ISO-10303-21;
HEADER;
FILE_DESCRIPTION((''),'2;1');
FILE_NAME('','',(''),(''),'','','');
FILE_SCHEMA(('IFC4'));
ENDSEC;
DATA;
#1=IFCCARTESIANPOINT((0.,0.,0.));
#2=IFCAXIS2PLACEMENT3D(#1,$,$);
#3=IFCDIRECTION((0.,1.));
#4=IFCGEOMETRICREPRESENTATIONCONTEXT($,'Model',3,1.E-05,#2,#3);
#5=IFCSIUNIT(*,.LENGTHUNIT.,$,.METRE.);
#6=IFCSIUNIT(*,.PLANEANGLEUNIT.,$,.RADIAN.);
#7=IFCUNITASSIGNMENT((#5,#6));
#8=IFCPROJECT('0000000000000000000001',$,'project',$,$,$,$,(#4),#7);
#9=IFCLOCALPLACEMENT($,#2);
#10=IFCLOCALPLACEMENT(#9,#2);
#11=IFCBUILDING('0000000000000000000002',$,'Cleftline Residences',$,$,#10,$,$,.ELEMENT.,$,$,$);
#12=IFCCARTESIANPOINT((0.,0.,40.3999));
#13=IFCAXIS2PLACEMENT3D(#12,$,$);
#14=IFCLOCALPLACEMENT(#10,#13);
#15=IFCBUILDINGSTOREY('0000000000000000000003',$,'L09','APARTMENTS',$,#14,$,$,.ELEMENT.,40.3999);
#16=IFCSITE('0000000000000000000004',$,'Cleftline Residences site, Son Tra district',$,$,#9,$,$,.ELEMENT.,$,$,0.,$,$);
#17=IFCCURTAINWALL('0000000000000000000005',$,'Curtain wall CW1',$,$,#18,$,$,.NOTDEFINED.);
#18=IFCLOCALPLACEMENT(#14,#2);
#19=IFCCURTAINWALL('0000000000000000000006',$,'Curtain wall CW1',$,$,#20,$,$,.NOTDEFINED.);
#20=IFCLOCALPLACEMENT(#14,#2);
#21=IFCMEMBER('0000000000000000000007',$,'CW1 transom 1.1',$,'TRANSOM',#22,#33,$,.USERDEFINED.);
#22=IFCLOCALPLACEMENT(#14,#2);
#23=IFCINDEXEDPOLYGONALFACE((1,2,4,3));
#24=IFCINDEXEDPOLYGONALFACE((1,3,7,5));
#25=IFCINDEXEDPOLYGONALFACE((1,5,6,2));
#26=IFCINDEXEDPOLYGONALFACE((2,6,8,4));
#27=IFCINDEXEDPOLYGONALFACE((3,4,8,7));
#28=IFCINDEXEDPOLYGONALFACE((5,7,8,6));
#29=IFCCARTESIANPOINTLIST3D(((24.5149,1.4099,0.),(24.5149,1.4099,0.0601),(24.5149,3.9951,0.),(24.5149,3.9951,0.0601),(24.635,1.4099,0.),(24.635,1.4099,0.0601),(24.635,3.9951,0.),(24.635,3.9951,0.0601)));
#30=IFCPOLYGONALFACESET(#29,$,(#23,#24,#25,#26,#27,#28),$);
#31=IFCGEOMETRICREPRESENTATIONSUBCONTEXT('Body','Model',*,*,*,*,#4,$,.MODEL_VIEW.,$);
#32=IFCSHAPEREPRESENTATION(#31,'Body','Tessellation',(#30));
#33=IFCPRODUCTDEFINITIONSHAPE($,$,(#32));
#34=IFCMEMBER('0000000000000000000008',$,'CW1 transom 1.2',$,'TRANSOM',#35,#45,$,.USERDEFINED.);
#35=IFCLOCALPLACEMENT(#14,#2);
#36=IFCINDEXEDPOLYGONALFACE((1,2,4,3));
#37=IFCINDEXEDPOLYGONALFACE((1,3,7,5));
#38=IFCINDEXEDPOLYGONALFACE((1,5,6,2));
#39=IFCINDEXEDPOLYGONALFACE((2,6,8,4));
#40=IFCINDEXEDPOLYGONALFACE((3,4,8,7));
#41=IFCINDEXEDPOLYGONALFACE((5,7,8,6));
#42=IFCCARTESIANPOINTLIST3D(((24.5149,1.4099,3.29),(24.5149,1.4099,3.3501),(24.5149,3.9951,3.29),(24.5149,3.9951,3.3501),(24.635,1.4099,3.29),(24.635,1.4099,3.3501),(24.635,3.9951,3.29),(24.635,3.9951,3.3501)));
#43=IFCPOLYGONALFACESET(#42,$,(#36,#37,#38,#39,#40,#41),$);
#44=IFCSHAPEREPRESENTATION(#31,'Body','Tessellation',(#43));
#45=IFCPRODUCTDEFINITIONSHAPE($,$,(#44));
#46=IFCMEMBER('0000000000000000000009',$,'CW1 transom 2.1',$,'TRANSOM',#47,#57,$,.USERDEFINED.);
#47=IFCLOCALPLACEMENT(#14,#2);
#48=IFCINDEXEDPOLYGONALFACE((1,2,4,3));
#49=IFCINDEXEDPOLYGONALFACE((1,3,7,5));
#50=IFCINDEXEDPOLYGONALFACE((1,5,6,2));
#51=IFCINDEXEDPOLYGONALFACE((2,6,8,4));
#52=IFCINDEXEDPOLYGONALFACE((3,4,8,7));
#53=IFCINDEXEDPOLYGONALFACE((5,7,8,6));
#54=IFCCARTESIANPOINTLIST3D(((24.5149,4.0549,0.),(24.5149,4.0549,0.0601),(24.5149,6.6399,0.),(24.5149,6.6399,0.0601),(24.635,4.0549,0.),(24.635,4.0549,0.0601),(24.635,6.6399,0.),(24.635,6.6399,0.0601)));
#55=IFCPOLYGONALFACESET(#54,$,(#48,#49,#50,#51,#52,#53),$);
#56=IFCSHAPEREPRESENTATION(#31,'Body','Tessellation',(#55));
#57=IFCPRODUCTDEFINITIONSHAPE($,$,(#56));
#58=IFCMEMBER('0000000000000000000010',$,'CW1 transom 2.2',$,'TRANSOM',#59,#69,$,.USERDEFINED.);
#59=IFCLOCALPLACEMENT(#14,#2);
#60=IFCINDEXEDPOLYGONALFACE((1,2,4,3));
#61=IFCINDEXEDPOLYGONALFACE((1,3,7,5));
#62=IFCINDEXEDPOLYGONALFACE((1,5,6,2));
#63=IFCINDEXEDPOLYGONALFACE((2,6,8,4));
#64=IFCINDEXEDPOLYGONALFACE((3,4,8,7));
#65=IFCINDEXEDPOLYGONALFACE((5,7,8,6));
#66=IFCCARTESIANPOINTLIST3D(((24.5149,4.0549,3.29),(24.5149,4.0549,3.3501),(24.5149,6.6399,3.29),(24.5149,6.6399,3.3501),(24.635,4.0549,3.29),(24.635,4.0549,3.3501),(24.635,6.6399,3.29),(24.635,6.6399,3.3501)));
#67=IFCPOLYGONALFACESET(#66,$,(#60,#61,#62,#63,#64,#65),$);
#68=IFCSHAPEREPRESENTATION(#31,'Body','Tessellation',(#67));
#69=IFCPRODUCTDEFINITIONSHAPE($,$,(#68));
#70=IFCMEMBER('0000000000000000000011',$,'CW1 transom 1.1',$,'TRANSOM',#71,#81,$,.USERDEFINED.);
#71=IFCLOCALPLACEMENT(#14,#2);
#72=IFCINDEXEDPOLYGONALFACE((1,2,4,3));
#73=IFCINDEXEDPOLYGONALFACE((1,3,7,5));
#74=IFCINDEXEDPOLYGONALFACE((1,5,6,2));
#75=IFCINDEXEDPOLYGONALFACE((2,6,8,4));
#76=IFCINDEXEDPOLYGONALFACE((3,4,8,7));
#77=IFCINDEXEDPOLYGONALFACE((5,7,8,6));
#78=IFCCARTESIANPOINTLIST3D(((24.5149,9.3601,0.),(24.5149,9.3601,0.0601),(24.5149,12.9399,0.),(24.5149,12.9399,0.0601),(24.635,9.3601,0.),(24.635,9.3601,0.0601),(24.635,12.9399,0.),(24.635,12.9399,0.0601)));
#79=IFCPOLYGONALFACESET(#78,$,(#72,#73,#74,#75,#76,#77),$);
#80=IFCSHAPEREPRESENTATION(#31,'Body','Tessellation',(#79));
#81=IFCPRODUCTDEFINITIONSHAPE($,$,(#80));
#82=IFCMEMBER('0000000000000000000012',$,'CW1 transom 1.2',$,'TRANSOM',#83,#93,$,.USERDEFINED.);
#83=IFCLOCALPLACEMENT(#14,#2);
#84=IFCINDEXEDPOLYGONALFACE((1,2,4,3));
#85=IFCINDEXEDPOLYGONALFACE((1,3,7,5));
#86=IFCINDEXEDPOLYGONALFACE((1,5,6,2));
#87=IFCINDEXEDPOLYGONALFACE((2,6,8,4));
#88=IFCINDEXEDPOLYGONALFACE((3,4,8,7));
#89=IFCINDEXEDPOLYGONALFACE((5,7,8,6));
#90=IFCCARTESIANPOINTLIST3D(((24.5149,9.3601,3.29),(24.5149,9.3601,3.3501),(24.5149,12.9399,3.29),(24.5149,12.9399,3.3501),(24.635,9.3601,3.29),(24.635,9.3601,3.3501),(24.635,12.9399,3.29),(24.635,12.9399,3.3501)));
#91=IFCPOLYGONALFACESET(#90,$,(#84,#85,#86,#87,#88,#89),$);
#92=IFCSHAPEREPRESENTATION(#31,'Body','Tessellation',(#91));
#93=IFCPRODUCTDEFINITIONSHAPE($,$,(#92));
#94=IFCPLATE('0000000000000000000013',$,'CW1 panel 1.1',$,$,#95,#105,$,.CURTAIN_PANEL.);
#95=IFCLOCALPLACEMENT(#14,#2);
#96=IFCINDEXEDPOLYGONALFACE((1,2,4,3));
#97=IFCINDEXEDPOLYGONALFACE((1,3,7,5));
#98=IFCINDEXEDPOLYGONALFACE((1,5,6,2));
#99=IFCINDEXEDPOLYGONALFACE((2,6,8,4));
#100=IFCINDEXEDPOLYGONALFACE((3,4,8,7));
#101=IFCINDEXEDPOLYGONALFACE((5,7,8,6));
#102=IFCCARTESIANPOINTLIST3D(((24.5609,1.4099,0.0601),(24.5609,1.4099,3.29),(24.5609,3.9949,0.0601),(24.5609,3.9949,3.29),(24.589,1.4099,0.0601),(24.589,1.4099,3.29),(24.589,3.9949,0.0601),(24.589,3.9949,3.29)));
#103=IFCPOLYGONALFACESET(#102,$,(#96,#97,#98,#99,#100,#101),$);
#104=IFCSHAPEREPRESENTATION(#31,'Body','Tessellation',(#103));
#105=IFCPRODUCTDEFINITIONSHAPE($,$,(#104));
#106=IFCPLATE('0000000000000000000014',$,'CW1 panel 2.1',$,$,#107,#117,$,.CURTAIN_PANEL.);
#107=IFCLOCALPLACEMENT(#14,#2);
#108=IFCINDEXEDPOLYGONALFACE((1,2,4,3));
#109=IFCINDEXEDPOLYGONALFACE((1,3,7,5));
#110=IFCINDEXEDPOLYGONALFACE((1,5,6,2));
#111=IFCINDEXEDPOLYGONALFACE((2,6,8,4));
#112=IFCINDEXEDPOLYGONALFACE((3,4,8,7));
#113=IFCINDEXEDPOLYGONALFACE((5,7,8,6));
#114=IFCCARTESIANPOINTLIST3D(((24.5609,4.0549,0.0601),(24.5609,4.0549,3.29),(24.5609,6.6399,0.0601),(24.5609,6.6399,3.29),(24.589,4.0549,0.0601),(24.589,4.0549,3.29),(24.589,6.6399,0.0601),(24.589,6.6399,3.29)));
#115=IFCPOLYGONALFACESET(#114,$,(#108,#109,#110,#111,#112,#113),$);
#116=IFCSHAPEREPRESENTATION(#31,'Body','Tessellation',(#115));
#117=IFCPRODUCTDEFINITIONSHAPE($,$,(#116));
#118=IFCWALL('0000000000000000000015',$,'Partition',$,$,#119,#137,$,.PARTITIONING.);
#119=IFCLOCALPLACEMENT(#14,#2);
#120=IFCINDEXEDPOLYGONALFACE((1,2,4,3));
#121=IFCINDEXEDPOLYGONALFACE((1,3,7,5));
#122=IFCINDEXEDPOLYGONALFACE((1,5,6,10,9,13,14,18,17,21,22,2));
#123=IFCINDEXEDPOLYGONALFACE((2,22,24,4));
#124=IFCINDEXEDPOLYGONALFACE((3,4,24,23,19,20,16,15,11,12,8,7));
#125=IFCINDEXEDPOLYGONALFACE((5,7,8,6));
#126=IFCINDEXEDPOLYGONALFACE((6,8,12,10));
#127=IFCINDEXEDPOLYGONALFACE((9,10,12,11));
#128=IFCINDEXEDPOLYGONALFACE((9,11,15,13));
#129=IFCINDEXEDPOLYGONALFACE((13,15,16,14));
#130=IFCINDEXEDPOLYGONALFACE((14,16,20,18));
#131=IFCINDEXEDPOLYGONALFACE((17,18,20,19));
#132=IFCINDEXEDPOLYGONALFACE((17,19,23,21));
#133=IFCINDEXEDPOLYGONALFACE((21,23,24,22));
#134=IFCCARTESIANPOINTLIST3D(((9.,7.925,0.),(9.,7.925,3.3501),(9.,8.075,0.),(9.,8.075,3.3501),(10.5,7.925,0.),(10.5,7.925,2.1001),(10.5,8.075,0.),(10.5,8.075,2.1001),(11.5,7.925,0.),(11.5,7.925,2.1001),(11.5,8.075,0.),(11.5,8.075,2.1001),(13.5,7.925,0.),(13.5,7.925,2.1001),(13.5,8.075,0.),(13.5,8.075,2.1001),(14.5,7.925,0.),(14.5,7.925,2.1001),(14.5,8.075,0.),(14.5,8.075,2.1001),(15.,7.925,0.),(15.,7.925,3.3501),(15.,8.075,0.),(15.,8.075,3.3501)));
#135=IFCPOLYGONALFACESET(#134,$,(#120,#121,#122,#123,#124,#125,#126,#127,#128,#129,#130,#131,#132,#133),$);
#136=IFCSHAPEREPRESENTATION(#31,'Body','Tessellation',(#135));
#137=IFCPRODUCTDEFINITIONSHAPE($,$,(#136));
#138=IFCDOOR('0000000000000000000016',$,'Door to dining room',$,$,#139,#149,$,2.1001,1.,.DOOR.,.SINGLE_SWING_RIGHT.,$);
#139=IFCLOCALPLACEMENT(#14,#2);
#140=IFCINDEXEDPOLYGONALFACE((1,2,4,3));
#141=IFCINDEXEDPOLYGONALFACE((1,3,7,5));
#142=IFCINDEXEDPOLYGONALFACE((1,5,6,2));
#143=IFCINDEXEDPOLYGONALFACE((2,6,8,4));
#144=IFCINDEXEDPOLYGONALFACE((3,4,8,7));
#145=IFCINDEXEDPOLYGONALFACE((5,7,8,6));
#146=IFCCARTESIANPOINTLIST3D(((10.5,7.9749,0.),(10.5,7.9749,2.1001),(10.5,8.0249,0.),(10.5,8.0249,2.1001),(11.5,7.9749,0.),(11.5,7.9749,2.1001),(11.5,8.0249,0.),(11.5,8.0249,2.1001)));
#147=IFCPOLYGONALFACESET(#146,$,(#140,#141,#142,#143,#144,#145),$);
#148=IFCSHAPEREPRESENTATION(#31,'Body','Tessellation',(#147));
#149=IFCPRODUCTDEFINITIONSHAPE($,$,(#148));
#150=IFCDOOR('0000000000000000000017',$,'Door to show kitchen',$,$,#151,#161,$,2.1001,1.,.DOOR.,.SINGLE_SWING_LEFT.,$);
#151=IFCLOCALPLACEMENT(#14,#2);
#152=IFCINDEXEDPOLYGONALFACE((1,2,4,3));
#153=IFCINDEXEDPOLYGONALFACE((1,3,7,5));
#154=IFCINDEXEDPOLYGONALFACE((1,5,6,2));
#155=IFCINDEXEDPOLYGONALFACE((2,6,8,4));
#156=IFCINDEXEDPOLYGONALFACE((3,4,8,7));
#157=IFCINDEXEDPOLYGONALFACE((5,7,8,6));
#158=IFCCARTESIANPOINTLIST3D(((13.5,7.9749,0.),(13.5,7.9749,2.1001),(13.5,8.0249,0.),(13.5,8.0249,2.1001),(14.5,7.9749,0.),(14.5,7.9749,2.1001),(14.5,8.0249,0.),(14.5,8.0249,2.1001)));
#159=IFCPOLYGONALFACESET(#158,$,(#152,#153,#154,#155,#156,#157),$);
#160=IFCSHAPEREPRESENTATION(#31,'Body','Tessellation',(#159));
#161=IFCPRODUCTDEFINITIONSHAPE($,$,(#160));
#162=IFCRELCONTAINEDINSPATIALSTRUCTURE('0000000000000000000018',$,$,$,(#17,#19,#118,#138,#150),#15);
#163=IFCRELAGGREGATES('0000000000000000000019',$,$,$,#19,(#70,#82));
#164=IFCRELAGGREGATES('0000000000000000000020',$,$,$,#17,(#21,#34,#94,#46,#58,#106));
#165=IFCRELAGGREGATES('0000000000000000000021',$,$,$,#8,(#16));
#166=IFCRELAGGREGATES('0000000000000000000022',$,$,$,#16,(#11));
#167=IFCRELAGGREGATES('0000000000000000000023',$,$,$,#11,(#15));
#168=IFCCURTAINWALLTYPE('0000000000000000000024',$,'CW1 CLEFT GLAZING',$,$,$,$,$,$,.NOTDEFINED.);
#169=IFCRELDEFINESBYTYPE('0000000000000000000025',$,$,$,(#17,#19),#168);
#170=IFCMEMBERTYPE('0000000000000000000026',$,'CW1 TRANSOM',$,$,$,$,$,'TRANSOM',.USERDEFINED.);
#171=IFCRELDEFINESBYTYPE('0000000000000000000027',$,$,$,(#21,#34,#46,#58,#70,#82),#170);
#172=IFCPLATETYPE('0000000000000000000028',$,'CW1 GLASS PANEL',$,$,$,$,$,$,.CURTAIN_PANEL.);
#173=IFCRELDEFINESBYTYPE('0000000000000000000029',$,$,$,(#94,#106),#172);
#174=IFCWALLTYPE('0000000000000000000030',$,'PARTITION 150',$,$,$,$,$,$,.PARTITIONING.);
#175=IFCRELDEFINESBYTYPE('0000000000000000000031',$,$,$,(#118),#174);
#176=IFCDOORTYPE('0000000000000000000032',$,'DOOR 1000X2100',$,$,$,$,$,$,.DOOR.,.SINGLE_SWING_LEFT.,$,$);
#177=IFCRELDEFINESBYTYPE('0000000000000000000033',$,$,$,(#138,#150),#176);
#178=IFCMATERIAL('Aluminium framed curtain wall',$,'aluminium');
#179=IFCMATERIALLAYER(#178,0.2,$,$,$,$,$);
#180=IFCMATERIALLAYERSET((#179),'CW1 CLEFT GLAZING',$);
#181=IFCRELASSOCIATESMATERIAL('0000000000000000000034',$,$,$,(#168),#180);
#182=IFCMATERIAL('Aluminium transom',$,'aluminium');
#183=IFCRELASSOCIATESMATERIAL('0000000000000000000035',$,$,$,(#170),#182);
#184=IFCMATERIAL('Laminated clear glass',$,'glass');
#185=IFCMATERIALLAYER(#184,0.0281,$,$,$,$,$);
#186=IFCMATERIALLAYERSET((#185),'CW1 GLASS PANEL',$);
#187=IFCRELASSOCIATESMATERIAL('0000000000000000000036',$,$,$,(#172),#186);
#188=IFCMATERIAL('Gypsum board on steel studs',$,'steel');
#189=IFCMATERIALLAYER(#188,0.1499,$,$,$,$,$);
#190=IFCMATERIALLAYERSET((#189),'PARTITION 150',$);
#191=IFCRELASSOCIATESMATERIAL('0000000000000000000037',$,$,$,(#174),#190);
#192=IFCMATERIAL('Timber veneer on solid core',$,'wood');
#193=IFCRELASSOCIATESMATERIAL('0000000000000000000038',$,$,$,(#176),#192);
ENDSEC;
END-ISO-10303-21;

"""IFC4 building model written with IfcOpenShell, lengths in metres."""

from ifc_helpers import new_model, si_unit, direction, frame, frame_2d, origin, origin_2d, place, context, subcontext, project, spatial, rectangle, extrude, material, layer, layer_set, material_profile, profile_set, type_object, element, fill, aggregate, save


model = new_model("IFC4")

# Units and contexts
model_context = context("Model", 3, precision=1e-05, world=origin(), true_north=direction((0.0, 1.0)))
body_context = subcontext(model_context, "Body", "Model", "MODEL_VIEW")
ifc_project = project(units=[si_unit("LENGTHUNIT", "METRE"), si_unit("PLANEANGLEUNIT", "RADIAN")], contexts=[model_context])

# Site, building, storey
site_placement = place(None, origin())
site = spatial("IfcSite", under=ifc_project, at=site_placement, Name="Cleftline Residences site, Son Tra district", CompositionType="ELEMENT", RefElevation=0.0)
building_placement = place(site_placement, origin())
building = spatial("IfcBuilding", under=site, at=building_placement, Name="Cleftline Residences", CompositionType="ELEMENT")
storey_placement = place(building_placement, frame((0.0, 0.0, 40.3999)))
storey = spatial("IfcBuildingStorey", under=building, at=storey_placement, Name="L09", Description="APARTMENTS", CompositionType="ELEMENT", Elevation=40.3999)

# Curtain wall
ifc_material_1 = material(Name="Aluminium framed curtain wall", Category="aluminium")
ifc_layer_1 = layer(ifc_material_1, 0.2)
ifc_layer_set_1 = layer_set([ifc_layer_1], Name="CW1 CLEFT GLAZING")
curtain_wall_type = type_object("IfcCurtainWallType", Name="CW1 CLEFT GLAZING", PredefinedType="NOTDEFINED", material=ifc_layer_set_1)
curtain_wall_1_placement = place(storey_placement, origin())
curtain_wall_1 = element("IfcCurtainWall", 1, at=curtain_wall_1_placement, inside=storey, type_object=curtain_wall_type, Name="Curtain wall CW1", PredefinedType="NOTDEFINED")

# Curtain wall
curtain_wall_2_placement = place(storey_placement, origin())
curtain_wall_2 = element("IfcCurtainWall", 2, at=curtain_wall_2_placement, inside=storey, type_object=curtain_wall_type, Name="Curtain wall CW1", PredefinedType="NOTDEFINED")

# Members
ifc_material_2 = material(Name="Aluminium transom", Category="aluminium")
ifc_material_profile_1 = material_profile(ifc_material_2, rectangle(XDim=0.1201, YDim=0.0601, at=origin_2d()))
ifc_profile_set_1 = profile_set([ifc_material_profile_1], Name="Aluminium transom")
member_type_1 = type_object("IfcMemberType", Name="CW1 TRANSOM", ElementType="TRANSOM", PredefinedType="USERDEFINED", material=ifc_profile_set_1)
member_1_placement = place(storey_placement, frame((24.575, 1.4099, 0.03), z_axis=(0.0, 1.0, 0.0), x_axis=(-1.0, 0.0, 0.0)))
member_1 = element("IfcMember", 3, at=member_1_placement, type_object=member_type_1, Name="CW1 transom 1.1", ObjectType="TRANSOM", PredefinedType="USERDEFINED", context=body_context, shape_type="SweptSolid", body=[
    extrude(rectangle(XDim=0.1201, YDim=0.0601, at=origin_2d()), origin(), (0.0, 0.0, 1.0), 2.5852),
])
member_2_placement = place(storey_placement, frame((24.575, 1.4099, 3.3201), z_axis=(0.0, 1.0, 0.0), x_axis=(-1.0, 0.0, 0.0)))
member_2 = element("IfcMember", 4, at=member_2_placement, type_object=member_type_1, Name="CW1 transom 1.2", ObjectType="TRANSOM", PredefinedType="USERDEFINED", context=body_context, shape_type="SweptSolid", body=[
    extrude(rectangle(XDim=0.1201, YDim=0.0601, at=origin_2d()), origin(), (0.0, 0.0, 1.0), 2.5852),
])
member_3_placement = place(storey_placement, frame((24.575, 4.0549, 0.03), z_axis=(0.0, 1.0, 0.0), x_axis=(-1.0, 0.0, 0.0)))
member_3 = element("IfcMember", 5, at=member_3_placement, type_object=member_type_1, Name="CW1 transom 2.1", ObjectType="TRANSOM", PredefinedType="USERDEFINED", context=body_context, shape_type="SweptSolid", body=[
    extrude(rectangle(XDim=0.1201, YDim=0.0601, at=origin_2d()), origin(), (0.0, 0.0, 1.0), 2.585),
])
member_4_placement = place(storey_placement, frame((24.575, 4.0549, 3.3201), z_axis=(0.0, 1.0, 0.0), x_axis=(-1.0, 0.0, 0.0)))
member_4 = element("IfcMember", 6, at=member_4_placement, type_object=member_type_1, Name="CW1 transom 2.2", ObjectType="TRANSOM", PredefinedType="USERDEFINED", context=body_context, shape_type="SweptSolid", body=[
    extrude(rectangle(XDim=0.1201, YDim=0.0601, at=origin_2d()), origin(), (0.0, 0.0, 1.0), 2.585),
])
member_5_placement = place(storey_placement, frame((24.575, 9.3601, 0.03), z_axis=(0.0, 1.0, 0.0), x_axis=(-1.0, 0.0, 0.0)))
member_5 = element("IfcMember", 7, at=member_5_placement, type_object=member_type_1, Name="CW1 transom 1.1", ObjectType="TRANSOM", PredefinedType="USERDEFINED", context=body_context, shape_type="SweptSolid", body=[
    extrude(rectangle(XDim=0.1201, YDim=0.0601, at=origin_2d()), origin(), (0.0, 0.0, 1.0), 3.5798),
])
member_6_placement = place(storey_placement, frame((24.575, 9.3601, 3.3201), z_axis=(0.0, 1.0, 0.0), x_axis=(-1.0, 0.0, 0.0)))
member_6 = element("IfcMember", 8, at=member_6_placement, type_object=member_type_1, Name="CW1 transom 1.2", ObjectType="TRANSOM", PredefinedType="USERDEFINED", context=body_context, shape_type="SweptSolid", body=[
    extrude(rectangle(XDim=0.1201, YDim=0.0601, at=origin_2d()), origin(), (0.0, 0.0, 1.0), 3.5798),
])
aggregate(curtain_wall_2, [member_5, member_6])

# Plates
ifc_material_3 = material(Name="Laminated clear glass", Category="glass")
ifc_layer_2 = layer(ifc_material_3, 0.0281)
ifc_layer_set_2 = layer_set([ifc_layer_2], Name="CW1 GLASS PANEL")
plate_type = type_object("IfcPlateType", Name="CW1 GLASS PANEL", PredefinedType="CURTAIN_PANEL", material=ifc_layer_set_2)
plate_1_placement = place(storey_placement, frame((24.575, 2.7024, 0.0601), z_axis=(0.0, 0.0, 1.0), x_axis=(0.0, 1.0, 0.0)))
plate_1 = element("IfcPlate", 9, at=plate_1_placement, type_object=plate_type, Name="CW1 panel 1.1", PredefinedType="CURTAIN_PANEL", context=body_context, shape_type="SweptSolid", body=[
    extrude(rectangle(XDim=2.585, YDim=0.0281, at=origin_2d()), origin(), (0.0, 0.0, 1.0), 3.23),
])
plate_2_placement = place(storey_placement, frame((24.575, 5.3474, 0.0601), z_axis=(0.0, 0.0, 1.0), x_axis=(0.0, 1.0, 0.0)))
plate_2 = element("IfcPlate", 10, at=plate_2_placement, type_object=plate_type, Name="CW1 panel 2.1", PredefinedType="CURTAIN_PANEL", context=body_context, shape_type="SweptSolid", body=[
    extrude(rectangle(XDim=2.585, YDim=0.0281, at=origin_2d()), origin(), (0.0, 0.0, 1.0), 3.23),
])
aggregate(curtain_wall_1, [member_1, member_2, plate_1, member_3, member_4, plate_2])

# Wall, openings, doors
ifc_material_4 = material(Name="Gypsum board on steel studs", Category="steel")
ifc_layer_3 = layer(ifc_material_4, 0.1499)
ifc_layer_set_3 = layer_set([ifc_layer_3], Name="PARTITION 150")
wall_type = type_object("IfcWallType", Name="PARTITION 150", PredefinedType="PARTITIONING", material=ifc_layer_set_3)
wall_1_placement = place(storey_placement, frame((9.0, 8.0, 0.0), z_axis=(0.0, 0.0, 1.0), x_axis=(1.0, 0.0, 0.0)))
wall_1 = element("IfcWall", 11, at=wall_1_placement, inside=storey, type_object=wall_type, Name="Partition", PredefinedType="PARTITIONING", context=body_context, shape_type="SweptSolid", body=[
    extrude(rectangle(XDim=6.0, YDim=0.1499, at=frame_2d((3.0, 0.0))), origin(), (0.0, 0.0, 1.0), 3.3501),
])
opening_1_placement = place(wall_1_placement, frame((1.5, 0.0, 0.0)))
opening_1 = element("IfcOpeningElement", 12, at=opening_1_placement, cuts=wall_1, PredefinedType="OPENING", context=body_context, shape_type="SweptSolid", body=[
    extrude(rectangle(XDim=1.0, YDim=2.1001, at=frame_2d((0.5, 1.05))), frame((0.0, 0.085, 0.0), z_axis=(0.0, -1.0, 0.0), x_axis=(1.0, 0.0, 0.0)), (0.0, 0.0, 1.0), 0.1699),
])
opening_2_placement = place(wall_1_placement, frame((4.5, 0.0, 0.0)))
opening_2 = element("IfcOpeningElement", 13, at=opening_2_placement, cuts=wall_1, PredefinedType="OPENING", context=body_context, shape_type="SweptSolid", body=[
    extrude(rectangle(XDim=1.0, YDim=2.1001, at=frame_2d((0.5, 1.05))), frame((0.0, 0.085, 0.0), z_axis=(0.0, -1.0, 0.0), x_axis=(1.0, 0.0, 0.0)), (0.0, 0.0, 1.0), 0.1699),
])
ifc_material_5 = material(Name="Timber veneer on solid core", Category="wood")
door_type_1 = type_object("IfcDoorType", Name="DOOR 1000X2100", OperationType="SINGLE_SWING_LEFT", PredefinedType="DOOR", material=ifc_material_5)
door_1_placement = place(opening_1_placement, origin())
door_1 = element("IfcDoor", 14, at=door_1_placement, inside=storey, type_object=door_type_1, Name="Door to dining room", OperationType="SINGLE_SWING_RIGHT", OverallHeight=2.1001, OverallWidth=1.0, PredefinedType="DOOR", context=body_context, shape_type="SweptSolid", body=[
    extrude(rectangle(XDim=1.0, YDim=2.1001, at=frame_2d((0.5, 1.05))), frame((0.0, 0.0249, 0.0), z_axis=(0.0, -1.0, 0.0), x_axis=(1.0, 0.0, 0.0)), (0.0, 0.0, 1.0), 0.05),
])
fill(opening_1, door_1)
door_2_placement = place(opening_2_placement, origin())
door_2 = element("IfcDoor", 15, at=door_2_placement, inside=storey, type_object=door_type_1, Name="Door to show kitchen", OperationType="SINGLE_SWING_LEFT", OverallHeight=2.1001, OverallWidth=1.0, PredefinedType="DOOR", context=body_context, shape_type="SweptSolid", body=[
    extrude(rectangle(XDim=1.0, YDim=2.1001, at=frame_2d((0.5, 1.05))), frame((0.0, 0.0249, 0.0), z_axis=(0.0, -1.0, 0.0), x_axis=(1.0, 0.0, 0.0)), (0.0, 0.0, 1.0), 0.05),
])
fill(opening_2, door_2)

save(model, "model.ifc")
